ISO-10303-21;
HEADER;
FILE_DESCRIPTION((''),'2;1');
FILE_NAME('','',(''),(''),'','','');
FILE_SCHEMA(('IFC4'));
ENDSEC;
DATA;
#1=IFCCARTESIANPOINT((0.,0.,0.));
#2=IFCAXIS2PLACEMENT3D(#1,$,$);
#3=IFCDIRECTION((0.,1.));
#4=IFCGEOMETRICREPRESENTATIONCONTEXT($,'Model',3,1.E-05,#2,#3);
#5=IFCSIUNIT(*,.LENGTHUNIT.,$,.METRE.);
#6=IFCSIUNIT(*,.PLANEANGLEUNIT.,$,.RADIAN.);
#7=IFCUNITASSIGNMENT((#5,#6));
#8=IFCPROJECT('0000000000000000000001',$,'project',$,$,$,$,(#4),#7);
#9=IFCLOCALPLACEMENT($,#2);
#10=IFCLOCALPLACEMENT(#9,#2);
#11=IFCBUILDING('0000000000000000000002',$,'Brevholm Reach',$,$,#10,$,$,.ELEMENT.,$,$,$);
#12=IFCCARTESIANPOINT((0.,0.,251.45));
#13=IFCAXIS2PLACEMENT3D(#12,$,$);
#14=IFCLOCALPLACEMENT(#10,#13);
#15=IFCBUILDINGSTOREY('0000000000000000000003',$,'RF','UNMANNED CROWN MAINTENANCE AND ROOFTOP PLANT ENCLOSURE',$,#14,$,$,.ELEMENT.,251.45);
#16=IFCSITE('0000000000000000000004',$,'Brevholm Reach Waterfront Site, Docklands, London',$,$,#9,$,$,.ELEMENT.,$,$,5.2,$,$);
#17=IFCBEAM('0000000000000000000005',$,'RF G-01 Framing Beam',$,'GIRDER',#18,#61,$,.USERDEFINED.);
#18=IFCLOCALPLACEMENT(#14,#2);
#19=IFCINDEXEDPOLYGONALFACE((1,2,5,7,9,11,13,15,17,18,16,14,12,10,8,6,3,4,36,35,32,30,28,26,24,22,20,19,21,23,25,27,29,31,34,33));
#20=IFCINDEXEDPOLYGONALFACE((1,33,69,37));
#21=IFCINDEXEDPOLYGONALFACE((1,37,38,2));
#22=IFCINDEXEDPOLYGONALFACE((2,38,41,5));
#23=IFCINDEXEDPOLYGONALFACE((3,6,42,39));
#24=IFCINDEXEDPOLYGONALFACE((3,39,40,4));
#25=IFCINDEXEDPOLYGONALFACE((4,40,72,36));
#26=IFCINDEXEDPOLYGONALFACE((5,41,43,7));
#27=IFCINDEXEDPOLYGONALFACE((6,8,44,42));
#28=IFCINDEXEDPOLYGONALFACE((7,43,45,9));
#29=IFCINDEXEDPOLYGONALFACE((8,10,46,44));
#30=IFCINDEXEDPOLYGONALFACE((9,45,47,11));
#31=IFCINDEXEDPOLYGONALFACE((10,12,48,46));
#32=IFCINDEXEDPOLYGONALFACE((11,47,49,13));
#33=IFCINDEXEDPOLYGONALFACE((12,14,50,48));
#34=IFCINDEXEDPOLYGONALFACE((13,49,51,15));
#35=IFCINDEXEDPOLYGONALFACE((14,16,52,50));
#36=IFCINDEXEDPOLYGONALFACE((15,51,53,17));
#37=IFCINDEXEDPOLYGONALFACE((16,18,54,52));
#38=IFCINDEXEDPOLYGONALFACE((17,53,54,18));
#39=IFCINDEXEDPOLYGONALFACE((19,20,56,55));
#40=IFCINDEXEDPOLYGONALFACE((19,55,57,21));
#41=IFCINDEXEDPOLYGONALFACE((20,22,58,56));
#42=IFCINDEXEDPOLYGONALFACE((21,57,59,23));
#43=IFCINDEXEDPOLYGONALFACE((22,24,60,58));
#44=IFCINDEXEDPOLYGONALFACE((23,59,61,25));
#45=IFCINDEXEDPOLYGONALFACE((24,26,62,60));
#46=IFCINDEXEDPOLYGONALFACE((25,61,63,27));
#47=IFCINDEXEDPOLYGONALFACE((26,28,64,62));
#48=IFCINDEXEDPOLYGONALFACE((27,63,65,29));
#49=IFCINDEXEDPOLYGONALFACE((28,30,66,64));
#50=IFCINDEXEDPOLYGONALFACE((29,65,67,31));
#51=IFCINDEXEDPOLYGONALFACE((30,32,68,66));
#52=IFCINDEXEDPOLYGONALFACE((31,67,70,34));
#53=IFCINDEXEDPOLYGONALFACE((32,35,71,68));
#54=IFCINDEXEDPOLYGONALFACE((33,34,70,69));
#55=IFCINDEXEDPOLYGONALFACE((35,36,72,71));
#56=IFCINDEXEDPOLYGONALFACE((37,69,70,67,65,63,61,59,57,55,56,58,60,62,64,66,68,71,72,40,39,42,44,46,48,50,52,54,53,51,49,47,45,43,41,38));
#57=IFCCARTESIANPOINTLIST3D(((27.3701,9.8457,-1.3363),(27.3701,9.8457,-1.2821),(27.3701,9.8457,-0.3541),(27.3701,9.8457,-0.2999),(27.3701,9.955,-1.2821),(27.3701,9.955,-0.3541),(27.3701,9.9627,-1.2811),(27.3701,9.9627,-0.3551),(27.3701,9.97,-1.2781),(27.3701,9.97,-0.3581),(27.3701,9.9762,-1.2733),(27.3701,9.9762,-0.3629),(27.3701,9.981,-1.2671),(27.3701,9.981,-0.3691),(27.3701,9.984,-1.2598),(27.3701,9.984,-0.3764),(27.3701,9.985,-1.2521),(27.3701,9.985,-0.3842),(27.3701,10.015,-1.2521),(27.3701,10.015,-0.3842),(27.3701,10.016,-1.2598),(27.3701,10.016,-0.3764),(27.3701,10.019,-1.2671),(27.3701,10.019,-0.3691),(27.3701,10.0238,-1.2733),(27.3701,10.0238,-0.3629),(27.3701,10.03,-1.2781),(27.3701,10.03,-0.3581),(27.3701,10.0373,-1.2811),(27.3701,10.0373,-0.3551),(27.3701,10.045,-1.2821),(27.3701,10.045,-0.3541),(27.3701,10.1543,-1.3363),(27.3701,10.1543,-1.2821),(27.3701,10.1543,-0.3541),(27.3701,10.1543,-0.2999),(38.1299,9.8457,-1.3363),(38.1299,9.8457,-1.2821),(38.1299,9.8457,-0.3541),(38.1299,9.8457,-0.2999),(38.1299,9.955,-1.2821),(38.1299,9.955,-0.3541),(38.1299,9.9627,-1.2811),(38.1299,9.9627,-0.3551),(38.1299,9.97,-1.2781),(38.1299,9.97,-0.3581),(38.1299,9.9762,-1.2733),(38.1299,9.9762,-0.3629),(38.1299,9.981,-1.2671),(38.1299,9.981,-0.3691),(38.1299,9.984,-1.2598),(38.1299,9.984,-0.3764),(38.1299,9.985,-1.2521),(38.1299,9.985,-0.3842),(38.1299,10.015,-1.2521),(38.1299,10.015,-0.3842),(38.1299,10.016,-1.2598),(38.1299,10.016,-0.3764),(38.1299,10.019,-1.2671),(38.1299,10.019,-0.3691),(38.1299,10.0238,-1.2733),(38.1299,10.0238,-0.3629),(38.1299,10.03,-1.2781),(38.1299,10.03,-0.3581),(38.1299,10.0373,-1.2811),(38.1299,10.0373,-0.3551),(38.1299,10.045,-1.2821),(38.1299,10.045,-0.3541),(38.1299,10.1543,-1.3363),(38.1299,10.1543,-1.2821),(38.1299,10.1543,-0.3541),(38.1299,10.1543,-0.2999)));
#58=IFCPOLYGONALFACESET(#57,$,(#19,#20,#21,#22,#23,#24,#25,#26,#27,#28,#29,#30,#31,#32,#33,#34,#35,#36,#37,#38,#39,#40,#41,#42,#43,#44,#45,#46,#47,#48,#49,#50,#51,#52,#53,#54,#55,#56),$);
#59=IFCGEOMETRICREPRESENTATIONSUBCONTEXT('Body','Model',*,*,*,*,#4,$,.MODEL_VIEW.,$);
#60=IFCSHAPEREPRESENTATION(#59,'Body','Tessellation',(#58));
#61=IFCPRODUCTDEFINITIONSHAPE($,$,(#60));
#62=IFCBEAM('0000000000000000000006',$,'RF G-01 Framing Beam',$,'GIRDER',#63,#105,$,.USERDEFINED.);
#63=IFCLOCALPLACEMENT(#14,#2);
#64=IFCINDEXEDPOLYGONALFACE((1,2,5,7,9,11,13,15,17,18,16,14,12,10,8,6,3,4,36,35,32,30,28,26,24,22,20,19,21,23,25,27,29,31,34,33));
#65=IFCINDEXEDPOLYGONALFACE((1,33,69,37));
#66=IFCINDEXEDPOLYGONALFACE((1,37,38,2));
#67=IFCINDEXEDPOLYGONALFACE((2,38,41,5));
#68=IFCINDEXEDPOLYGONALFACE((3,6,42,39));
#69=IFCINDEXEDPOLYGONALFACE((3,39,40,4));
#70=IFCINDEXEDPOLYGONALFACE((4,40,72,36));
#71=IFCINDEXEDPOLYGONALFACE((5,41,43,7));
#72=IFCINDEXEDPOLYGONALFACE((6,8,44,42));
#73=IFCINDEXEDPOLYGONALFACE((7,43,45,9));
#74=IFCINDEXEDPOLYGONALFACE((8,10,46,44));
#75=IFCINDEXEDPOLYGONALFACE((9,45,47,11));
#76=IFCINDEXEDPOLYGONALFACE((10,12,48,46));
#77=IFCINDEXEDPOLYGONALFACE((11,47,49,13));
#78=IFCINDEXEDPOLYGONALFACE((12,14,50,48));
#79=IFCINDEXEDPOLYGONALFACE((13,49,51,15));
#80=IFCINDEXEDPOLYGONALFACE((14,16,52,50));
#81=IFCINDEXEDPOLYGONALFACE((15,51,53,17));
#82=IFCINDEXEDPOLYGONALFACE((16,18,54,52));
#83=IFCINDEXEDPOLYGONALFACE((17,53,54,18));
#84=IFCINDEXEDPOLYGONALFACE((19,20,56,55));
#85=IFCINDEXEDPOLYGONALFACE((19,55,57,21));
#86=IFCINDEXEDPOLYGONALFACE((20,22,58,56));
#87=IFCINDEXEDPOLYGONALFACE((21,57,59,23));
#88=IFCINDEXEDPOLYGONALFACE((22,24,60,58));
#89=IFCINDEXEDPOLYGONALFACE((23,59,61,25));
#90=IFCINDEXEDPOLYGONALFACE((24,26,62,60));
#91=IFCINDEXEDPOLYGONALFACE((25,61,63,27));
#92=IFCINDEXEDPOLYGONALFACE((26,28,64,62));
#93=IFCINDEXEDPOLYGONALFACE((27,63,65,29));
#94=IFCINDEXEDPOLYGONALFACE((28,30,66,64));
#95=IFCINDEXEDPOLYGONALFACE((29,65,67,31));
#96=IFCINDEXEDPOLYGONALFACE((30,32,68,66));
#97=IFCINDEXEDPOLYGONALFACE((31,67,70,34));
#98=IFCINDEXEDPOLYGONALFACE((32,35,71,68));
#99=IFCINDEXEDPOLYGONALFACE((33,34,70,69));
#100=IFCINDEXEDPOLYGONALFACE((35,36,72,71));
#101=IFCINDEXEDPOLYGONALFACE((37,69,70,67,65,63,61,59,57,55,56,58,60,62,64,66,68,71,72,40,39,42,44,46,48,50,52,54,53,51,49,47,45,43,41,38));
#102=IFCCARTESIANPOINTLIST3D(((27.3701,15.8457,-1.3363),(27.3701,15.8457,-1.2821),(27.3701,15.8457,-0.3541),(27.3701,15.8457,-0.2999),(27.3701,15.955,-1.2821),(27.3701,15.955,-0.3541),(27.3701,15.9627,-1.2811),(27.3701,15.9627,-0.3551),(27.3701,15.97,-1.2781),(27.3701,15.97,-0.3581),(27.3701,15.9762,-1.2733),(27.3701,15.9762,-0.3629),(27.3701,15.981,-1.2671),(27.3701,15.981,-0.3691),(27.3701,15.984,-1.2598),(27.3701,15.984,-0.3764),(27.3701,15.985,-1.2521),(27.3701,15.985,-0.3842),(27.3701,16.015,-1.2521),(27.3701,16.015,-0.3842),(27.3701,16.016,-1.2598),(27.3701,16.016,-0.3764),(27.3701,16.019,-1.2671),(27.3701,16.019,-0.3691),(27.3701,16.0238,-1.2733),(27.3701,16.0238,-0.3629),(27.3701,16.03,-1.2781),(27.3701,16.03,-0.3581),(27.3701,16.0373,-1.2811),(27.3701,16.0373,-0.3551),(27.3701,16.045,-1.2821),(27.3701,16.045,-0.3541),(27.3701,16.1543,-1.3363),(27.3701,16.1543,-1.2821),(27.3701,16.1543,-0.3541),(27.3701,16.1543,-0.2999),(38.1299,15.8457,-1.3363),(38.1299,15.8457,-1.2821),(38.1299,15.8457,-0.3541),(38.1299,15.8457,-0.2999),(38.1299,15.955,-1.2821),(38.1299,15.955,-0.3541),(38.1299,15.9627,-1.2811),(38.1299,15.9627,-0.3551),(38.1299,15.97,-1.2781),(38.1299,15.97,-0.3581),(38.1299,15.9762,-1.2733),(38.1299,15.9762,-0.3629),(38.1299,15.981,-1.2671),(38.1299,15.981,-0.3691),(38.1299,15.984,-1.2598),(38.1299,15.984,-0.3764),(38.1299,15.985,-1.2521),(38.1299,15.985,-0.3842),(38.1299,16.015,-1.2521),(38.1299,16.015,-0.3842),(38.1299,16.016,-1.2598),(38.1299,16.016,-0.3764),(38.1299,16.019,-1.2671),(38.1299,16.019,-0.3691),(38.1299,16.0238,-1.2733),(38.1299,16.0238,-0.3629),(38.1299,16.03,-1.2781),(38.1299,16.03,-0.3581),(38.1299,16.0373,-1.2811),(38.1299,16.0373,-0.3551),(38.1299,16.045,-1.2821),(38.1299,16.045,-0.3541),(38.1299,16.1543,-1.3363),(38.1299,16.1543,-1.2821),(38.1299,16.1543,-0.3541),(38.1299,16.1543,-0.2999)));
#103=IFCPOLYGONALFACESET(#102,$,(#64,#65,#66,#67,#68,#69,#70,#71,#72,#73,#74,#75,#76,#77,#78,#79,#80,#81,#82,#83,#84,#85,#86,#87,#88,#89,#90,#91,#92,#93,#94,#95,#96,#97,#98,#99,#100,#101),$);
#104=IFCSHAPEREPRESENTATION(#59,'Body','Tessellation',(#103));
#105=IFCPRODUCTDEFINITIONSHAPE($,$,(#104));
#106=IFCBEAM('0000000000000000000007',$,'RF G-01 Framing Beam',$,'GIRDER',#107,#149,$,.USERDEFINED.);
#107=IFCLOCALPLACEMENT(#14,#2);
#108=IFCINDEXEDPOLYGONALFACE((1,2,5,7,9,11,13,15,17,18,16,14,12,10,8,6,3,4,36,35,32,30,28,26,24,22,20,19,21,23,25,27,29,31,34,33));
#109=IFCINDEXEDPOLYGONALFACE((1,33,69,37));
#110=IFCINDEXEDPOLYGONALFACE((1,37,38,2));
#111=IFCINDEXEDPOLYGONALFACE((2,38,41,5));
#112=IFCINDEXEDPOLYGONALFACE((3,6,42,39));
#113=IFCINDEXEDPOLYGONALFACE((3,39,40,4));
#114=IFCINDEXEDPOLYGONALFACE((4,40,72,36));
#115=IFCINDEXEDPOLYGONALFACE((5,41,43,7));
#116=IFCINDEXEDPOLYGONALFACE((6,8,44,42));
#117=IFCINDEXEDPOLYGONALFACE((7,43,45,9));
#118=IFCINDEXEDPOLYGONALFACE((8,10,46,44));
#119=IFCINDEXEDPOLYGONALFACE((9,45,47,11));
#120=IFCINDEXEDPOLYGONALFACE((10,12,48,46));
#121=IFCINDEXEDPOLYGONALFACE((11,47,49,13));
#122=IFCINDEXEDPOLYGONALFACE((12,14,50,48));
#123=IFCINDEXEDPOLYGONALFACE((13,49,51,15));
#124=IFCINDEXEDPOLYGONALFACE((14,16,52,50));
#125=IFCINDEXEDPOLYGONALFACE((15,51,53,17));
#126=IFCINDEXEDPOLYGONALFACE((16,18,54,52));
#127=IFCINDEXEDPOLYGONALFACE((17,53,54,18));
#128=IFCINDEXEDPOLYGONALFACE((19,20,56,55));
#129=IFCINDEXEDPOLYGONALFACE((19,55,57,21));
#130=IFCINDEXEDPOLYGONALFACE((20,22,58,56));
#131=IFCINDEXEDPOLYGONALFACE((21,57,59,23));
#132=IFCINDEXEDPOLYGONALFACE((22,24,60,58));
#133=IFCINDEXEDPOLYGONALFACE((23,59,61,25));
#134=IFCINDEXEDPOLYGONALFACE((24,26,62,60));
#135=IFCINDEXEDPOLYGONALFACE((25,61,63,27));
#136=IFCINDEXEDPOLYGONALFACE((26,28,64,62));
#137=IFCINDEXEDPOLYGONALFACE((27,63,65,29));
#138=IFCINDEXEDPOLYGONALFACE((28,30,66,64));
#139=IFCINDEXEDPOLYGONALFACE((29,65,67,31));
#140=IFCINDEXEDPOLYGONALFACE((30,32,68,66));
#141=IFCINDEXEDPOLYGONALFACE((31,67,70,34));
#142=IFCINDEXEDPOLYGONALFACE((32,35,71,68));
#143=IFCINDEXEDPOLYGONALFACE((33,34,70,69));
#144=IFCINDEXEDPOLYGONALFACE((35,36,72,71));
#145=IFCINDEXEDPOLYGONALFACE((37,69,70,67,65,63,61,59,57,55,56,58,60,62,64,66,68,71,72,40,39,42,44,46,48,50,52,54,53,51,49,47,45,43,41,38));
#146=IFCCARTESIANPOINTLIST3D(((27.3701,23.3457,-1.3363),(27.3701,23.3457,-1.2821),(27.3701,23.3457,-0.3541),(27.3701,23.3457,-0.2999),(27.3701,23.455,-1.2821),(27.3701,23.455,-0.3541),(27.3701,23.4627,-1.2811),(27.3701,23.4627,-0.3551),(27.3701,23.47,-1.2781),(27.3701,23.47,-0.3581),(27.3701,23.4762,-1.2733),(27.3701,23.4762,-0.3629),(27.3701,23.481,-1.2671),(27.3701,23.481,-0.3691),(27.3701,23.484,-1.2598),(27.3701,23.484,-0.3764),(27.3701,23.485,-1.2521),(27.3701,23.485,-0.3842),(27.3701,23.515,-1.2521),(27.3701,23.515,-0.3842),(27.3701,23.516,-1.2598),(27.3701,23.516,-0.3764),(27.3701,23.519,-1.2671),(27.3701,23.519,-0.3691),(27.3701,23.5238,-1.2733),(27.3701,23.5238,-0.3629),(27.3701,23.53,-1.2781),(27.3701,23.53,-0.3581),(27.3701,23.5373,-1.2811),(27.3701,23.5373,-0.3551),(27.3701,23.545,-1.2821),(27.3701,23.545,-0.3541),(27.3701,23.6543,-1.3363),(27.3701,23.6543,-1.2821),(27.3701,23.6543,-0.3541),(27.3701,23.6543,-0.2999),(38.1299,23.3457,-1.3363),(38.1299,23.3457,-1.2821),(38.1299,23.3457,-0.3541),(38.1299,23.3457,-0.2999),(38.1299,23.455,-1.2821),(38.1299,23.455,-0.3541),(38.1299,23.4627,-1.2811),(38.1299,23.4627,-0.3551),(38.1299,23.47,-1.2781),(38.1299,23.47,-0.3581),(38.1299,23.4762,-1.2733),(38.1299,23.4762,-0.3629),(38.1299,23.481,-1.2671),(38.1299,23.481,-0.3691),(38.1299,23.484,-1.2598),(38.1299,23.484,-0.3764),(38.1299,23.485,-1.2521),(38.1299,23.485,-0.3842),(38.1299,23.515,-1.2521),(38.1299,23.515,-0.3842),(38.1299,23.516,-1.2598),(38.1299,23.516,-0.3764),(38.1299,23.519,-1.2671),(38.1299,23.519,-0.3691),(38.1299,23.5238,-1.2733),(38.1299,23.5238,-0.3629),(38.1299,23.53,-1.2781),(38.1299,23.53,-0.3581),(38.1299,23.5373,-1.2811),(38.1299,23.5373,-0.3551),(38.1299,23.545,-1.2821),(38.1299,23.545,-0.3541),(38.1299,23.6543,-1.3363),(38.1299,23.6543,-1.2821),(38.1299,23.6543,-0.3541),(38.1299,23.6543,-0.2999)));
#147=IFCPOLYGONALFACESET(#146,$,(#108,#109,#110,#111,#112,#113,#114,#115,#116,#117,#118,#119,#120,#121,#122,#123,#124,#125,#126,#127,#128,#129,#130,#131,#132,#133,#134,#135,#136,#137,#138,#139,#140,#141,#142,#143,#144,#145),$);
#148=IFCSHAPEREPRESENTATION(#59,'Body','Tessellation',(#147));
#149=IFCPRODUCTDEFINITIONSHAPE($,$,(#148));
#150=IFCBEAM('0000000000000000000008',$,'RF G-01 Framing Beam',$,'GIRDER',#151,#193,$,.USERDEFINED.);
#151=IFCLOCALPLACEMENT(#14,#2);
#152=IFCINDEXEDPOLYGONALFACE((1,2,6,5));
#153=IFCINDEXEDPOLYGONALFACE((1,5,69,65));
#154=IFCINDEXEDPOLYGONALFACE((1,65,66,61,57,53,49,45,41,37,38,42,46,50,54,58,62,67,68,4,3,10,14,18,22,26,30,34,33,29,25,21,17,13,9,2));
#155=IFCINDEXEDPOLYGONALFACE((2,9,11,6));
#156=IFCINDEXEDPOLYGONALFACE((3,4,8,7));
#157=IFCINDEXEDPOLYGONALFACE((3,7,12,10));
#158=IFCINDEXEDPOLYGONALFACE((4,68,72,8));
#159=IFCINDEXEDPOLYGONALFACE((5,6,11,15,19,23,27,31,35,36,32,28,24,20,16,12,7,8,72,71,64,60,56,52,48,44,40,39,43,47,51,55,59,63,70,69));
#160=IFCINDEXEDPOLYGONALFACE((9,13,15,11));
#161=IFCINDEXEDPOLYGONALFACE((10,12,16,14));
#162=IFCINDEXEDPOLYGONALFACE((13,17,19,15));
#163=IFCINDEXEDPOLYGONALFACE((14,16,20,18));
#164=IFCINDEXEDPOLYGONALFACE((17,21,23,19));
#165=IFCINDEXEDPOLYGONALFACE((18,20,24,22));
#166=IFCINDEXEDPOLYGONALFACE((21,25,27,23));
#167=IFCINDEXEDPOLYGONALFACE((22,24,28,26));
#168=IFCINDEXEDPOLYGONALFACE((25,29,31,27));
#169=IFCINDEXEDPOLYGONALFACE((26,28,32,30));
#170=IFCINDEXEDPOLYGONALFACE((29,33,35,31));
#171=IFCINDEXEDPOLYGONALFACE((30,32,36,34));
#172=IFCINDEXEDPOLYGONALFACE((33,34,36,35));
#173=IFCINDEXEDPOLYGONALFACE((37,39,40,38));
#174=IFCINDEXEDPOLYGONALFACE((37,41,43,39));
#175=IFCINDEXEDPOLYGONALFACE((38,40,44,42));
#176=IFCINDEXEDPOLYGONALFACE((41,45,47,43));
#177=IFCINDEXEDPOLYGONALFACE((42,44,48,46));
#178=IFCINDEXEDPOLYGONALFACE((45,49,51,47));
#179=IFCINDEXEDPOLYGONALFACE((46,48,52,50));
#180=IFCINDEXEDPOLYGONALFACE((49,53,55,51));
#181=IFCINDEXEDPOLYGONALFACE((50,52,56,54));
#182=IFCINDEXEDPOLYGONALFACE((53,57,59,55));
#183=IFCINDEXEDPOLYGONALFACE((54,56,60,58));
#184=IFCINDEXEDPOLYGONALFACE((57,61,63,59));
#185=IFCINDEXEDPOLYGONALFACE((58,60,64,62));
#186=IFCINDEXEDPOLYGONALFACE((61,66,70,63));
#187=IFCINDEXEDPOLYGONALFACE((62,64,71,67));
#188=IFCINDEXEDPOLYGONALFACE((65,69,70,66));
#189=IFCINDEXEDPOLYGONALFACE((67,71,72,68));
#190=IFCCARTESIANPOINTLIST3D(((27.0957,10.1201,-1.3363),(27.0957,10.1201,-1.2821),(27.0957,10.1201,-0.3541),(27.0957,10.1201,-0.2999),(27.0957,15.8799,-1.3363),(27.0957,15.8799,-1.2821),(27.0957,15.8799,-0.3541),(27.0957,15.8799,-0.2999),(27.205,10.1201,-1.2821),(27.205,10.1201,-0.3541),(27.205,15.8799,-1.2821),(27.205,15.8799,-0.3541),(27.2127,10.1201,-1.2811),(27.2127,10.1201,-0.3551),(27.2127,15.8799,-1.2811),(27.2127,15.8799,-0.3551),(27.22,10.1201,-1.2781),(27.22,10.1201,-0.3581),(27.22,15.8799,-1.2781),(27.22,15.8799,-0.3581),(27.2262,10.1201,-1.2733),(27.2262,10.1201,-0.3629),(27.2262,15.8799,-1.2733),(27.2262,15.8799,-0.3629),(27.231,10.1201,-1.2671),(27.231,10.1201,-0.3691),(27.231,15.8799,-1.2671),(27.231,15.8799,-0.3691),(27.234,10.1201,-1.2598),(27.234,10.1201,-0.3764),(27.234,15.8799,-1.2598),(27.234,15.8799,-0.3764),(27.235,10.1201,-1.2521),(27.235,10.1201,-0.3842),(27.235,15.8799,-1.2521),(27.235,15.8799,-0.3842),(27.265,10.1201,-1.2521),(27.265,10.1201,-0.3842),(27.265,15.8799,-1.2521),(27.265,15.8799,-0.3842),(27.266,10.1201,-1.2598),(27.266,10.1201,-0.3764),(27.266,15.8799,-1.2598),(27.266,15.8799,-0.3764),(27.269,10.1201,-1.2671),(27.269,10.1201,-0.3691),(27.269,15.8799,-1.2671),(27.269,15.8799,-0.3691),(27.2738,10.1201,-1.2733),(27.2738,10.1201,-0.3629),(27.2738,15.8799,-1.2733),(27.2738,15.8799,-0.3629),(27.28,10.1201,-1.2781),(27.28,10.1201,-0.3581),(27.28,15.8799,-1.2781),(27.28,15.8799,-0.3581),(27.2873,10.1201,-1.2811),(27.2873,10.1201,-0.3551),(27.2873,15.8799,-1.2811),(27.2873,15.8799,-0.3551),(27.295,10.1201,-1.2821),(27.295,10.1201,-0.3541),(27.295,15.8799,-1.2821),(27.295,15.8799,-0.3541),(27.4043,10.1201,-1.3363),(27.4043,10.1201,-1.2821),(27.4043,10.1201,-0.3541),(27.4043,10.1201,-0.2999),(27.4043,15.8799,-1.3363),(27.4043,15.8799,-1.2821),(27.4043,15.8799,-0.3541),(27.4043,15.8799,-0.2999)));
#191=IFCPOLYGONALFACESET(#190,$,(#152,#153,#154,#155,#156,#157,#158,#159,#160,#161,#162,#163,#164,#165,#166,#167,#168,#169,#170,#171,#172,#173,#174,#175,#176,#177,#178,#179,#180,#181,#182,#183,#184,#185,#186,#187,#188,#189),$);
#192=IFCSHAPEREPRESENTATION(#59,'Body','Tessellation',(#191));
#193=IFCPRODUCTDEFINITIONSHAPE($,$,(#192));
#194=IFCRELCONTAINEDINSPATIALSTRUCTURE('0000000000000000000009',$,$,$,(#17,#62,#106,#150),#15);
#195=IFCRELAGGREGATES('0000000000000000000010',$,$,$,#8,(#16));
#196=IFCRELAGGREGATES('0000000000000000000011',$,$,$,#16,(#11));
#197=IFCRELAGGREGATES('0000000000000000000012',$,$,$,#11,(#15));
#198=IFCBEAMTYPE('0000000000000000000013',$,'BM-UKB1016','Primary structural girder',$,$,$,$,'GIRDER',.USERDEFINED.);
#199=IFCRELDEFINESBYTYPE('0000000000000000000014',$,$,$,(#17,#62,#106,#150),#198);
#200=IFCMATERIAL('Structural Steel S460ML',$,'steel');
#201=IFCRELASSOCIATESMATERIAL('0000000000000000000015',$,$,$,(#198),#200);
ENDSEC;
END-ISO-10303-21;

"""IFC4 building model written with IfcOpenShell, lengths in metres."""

from ifc_helpers import new_model, si_unit, direction, frame, origin, origin_2d, place, context, subcontext, project, spatial, i_section, extrude, material, material_profile, profile_set, type_object, element, save


model = new_model("IFC4")

# Units and contexts
model_context = context("Model", 3, precision=1e-05, world=origin(), true_north=direction((0.0, 1.0)))
body_context = subcontext(model_context, "Body", "Model", "MODEL_VIEW")
ifc_project = project(units=[si_unit("LENGTHUNIT", "METRE"), si_unit("PLANEANGLEUNIT", "RADIAN")], contexts=[model_context])

# Site, building, storey
site_placement = place(None, origin())
site = spatial("IfcSite", under=ifc_project, at=site_placement, Name="Brevholm Reach Waterfront Site, Docklands, London", CompositionType="ELEMENT", RefElevation=5.2)
building_placement = place(site_placement, origin())
building = spatial("IfcBuilding", under=site, at=building_placement, Name="Brevholm Reach", CompositionType="ELEMENT")
storey_placement = place(building_placement, frame((0.0, 0.0, 251.45)))
storey = spatial("IfcBuildingStorey", under=building, at=storey_placement, Name="RF", Description="UNMANNED CROWN MAINTENANCE AND ROOFTOP PLANT ENCLOSURE", CompositionType="ELEMENT", Elevation=251.45)

# Beams
ifc_material_1 = material(Name="Structural Steel S460ML", Category="steel")
ifc_material_profile_1 = material_profile(ifc_material_1, i_section(OverallWidth=0.3086, OverallDepth=1.0364, WebThickness=0.03, FlangeThickness=0.0542, FilletRadius=0.03, at=origin_2d()), Name="UKB 1016x305x487")
ifc_profile_set_1 = profile_set([ifc_material_profile_1], Name="Structural Steel S460ML")
beam_type = type_object("IfcBeamType", Name="BM-UKB1016", Description="Primary structural girder", ElementType="GIRDER", PredefinedType="USERDEFINED", material=ifc_profile_set_1)
for number, where, z_axis, x_axis, name in (
    (1, (27.3701, 10.0, -0.8181), (1.0, 0.0, 0.0), (0.0, 1.0, 0.0), "RF G-01 Framing Beam"),
    (2, (27.3701, 16.0, -0.8181), (1.0, 0.0, 0.0), (0.0, 1.0, 0.0), "RF G-01 Framing Beam"),
    (3, (27.3701, 23.5, -0.8181), (1.0, 0.0, 0.0), (0.0, 1.0, 0.0), "RF G-01 Framing Beam"),
):
    element("IfcBeam", number, at=place(storey_placement, frame(where, z_axis=z_axis, x_axis=x_axis)), inside=storey, type_object=beam_type, Name=name, ObjectType="GIRDER", PredefinedType="USERDEFINED", context=body_context, shape_type="SweptSolid", body=[
        extrude(i_section(OverallWidth=0.3086, OverallDepth=1.0364, WebThickness=0.03, FlangeThickness=0.0542, FilletRadius=0.03, at=origin_2d()), origin(), (0.0, 0.0, 1.0), 10.7598),
    ])
beam_1_placement = place(storey_placement, frame((27.25, 10.1201, -0.8181), z_axis=(0.0, 1.0, 0.0), x_axis=(-1.0, 0.0, 0.0)))
element("IfcBeam", 4, at=beam_1_placement, inside=storey, type_object=beam_type, Name="RF G-01 Framing Beam", ObjectType="GIRDER", PredefinedType="USERDEFINED", context=body_context, shape_type="SweptSolid", body=[
    extrude(i_section(OverallWidth=0.3086, OverallDepth=1.0364, WebThickness=0.03, FlangeThickness=0.0542, FilletRadius=0.03, at=origin_2d()), origin(), (0.0, 0.0, 1.0), 5.7598),
])

save(model, "model.ifc")
